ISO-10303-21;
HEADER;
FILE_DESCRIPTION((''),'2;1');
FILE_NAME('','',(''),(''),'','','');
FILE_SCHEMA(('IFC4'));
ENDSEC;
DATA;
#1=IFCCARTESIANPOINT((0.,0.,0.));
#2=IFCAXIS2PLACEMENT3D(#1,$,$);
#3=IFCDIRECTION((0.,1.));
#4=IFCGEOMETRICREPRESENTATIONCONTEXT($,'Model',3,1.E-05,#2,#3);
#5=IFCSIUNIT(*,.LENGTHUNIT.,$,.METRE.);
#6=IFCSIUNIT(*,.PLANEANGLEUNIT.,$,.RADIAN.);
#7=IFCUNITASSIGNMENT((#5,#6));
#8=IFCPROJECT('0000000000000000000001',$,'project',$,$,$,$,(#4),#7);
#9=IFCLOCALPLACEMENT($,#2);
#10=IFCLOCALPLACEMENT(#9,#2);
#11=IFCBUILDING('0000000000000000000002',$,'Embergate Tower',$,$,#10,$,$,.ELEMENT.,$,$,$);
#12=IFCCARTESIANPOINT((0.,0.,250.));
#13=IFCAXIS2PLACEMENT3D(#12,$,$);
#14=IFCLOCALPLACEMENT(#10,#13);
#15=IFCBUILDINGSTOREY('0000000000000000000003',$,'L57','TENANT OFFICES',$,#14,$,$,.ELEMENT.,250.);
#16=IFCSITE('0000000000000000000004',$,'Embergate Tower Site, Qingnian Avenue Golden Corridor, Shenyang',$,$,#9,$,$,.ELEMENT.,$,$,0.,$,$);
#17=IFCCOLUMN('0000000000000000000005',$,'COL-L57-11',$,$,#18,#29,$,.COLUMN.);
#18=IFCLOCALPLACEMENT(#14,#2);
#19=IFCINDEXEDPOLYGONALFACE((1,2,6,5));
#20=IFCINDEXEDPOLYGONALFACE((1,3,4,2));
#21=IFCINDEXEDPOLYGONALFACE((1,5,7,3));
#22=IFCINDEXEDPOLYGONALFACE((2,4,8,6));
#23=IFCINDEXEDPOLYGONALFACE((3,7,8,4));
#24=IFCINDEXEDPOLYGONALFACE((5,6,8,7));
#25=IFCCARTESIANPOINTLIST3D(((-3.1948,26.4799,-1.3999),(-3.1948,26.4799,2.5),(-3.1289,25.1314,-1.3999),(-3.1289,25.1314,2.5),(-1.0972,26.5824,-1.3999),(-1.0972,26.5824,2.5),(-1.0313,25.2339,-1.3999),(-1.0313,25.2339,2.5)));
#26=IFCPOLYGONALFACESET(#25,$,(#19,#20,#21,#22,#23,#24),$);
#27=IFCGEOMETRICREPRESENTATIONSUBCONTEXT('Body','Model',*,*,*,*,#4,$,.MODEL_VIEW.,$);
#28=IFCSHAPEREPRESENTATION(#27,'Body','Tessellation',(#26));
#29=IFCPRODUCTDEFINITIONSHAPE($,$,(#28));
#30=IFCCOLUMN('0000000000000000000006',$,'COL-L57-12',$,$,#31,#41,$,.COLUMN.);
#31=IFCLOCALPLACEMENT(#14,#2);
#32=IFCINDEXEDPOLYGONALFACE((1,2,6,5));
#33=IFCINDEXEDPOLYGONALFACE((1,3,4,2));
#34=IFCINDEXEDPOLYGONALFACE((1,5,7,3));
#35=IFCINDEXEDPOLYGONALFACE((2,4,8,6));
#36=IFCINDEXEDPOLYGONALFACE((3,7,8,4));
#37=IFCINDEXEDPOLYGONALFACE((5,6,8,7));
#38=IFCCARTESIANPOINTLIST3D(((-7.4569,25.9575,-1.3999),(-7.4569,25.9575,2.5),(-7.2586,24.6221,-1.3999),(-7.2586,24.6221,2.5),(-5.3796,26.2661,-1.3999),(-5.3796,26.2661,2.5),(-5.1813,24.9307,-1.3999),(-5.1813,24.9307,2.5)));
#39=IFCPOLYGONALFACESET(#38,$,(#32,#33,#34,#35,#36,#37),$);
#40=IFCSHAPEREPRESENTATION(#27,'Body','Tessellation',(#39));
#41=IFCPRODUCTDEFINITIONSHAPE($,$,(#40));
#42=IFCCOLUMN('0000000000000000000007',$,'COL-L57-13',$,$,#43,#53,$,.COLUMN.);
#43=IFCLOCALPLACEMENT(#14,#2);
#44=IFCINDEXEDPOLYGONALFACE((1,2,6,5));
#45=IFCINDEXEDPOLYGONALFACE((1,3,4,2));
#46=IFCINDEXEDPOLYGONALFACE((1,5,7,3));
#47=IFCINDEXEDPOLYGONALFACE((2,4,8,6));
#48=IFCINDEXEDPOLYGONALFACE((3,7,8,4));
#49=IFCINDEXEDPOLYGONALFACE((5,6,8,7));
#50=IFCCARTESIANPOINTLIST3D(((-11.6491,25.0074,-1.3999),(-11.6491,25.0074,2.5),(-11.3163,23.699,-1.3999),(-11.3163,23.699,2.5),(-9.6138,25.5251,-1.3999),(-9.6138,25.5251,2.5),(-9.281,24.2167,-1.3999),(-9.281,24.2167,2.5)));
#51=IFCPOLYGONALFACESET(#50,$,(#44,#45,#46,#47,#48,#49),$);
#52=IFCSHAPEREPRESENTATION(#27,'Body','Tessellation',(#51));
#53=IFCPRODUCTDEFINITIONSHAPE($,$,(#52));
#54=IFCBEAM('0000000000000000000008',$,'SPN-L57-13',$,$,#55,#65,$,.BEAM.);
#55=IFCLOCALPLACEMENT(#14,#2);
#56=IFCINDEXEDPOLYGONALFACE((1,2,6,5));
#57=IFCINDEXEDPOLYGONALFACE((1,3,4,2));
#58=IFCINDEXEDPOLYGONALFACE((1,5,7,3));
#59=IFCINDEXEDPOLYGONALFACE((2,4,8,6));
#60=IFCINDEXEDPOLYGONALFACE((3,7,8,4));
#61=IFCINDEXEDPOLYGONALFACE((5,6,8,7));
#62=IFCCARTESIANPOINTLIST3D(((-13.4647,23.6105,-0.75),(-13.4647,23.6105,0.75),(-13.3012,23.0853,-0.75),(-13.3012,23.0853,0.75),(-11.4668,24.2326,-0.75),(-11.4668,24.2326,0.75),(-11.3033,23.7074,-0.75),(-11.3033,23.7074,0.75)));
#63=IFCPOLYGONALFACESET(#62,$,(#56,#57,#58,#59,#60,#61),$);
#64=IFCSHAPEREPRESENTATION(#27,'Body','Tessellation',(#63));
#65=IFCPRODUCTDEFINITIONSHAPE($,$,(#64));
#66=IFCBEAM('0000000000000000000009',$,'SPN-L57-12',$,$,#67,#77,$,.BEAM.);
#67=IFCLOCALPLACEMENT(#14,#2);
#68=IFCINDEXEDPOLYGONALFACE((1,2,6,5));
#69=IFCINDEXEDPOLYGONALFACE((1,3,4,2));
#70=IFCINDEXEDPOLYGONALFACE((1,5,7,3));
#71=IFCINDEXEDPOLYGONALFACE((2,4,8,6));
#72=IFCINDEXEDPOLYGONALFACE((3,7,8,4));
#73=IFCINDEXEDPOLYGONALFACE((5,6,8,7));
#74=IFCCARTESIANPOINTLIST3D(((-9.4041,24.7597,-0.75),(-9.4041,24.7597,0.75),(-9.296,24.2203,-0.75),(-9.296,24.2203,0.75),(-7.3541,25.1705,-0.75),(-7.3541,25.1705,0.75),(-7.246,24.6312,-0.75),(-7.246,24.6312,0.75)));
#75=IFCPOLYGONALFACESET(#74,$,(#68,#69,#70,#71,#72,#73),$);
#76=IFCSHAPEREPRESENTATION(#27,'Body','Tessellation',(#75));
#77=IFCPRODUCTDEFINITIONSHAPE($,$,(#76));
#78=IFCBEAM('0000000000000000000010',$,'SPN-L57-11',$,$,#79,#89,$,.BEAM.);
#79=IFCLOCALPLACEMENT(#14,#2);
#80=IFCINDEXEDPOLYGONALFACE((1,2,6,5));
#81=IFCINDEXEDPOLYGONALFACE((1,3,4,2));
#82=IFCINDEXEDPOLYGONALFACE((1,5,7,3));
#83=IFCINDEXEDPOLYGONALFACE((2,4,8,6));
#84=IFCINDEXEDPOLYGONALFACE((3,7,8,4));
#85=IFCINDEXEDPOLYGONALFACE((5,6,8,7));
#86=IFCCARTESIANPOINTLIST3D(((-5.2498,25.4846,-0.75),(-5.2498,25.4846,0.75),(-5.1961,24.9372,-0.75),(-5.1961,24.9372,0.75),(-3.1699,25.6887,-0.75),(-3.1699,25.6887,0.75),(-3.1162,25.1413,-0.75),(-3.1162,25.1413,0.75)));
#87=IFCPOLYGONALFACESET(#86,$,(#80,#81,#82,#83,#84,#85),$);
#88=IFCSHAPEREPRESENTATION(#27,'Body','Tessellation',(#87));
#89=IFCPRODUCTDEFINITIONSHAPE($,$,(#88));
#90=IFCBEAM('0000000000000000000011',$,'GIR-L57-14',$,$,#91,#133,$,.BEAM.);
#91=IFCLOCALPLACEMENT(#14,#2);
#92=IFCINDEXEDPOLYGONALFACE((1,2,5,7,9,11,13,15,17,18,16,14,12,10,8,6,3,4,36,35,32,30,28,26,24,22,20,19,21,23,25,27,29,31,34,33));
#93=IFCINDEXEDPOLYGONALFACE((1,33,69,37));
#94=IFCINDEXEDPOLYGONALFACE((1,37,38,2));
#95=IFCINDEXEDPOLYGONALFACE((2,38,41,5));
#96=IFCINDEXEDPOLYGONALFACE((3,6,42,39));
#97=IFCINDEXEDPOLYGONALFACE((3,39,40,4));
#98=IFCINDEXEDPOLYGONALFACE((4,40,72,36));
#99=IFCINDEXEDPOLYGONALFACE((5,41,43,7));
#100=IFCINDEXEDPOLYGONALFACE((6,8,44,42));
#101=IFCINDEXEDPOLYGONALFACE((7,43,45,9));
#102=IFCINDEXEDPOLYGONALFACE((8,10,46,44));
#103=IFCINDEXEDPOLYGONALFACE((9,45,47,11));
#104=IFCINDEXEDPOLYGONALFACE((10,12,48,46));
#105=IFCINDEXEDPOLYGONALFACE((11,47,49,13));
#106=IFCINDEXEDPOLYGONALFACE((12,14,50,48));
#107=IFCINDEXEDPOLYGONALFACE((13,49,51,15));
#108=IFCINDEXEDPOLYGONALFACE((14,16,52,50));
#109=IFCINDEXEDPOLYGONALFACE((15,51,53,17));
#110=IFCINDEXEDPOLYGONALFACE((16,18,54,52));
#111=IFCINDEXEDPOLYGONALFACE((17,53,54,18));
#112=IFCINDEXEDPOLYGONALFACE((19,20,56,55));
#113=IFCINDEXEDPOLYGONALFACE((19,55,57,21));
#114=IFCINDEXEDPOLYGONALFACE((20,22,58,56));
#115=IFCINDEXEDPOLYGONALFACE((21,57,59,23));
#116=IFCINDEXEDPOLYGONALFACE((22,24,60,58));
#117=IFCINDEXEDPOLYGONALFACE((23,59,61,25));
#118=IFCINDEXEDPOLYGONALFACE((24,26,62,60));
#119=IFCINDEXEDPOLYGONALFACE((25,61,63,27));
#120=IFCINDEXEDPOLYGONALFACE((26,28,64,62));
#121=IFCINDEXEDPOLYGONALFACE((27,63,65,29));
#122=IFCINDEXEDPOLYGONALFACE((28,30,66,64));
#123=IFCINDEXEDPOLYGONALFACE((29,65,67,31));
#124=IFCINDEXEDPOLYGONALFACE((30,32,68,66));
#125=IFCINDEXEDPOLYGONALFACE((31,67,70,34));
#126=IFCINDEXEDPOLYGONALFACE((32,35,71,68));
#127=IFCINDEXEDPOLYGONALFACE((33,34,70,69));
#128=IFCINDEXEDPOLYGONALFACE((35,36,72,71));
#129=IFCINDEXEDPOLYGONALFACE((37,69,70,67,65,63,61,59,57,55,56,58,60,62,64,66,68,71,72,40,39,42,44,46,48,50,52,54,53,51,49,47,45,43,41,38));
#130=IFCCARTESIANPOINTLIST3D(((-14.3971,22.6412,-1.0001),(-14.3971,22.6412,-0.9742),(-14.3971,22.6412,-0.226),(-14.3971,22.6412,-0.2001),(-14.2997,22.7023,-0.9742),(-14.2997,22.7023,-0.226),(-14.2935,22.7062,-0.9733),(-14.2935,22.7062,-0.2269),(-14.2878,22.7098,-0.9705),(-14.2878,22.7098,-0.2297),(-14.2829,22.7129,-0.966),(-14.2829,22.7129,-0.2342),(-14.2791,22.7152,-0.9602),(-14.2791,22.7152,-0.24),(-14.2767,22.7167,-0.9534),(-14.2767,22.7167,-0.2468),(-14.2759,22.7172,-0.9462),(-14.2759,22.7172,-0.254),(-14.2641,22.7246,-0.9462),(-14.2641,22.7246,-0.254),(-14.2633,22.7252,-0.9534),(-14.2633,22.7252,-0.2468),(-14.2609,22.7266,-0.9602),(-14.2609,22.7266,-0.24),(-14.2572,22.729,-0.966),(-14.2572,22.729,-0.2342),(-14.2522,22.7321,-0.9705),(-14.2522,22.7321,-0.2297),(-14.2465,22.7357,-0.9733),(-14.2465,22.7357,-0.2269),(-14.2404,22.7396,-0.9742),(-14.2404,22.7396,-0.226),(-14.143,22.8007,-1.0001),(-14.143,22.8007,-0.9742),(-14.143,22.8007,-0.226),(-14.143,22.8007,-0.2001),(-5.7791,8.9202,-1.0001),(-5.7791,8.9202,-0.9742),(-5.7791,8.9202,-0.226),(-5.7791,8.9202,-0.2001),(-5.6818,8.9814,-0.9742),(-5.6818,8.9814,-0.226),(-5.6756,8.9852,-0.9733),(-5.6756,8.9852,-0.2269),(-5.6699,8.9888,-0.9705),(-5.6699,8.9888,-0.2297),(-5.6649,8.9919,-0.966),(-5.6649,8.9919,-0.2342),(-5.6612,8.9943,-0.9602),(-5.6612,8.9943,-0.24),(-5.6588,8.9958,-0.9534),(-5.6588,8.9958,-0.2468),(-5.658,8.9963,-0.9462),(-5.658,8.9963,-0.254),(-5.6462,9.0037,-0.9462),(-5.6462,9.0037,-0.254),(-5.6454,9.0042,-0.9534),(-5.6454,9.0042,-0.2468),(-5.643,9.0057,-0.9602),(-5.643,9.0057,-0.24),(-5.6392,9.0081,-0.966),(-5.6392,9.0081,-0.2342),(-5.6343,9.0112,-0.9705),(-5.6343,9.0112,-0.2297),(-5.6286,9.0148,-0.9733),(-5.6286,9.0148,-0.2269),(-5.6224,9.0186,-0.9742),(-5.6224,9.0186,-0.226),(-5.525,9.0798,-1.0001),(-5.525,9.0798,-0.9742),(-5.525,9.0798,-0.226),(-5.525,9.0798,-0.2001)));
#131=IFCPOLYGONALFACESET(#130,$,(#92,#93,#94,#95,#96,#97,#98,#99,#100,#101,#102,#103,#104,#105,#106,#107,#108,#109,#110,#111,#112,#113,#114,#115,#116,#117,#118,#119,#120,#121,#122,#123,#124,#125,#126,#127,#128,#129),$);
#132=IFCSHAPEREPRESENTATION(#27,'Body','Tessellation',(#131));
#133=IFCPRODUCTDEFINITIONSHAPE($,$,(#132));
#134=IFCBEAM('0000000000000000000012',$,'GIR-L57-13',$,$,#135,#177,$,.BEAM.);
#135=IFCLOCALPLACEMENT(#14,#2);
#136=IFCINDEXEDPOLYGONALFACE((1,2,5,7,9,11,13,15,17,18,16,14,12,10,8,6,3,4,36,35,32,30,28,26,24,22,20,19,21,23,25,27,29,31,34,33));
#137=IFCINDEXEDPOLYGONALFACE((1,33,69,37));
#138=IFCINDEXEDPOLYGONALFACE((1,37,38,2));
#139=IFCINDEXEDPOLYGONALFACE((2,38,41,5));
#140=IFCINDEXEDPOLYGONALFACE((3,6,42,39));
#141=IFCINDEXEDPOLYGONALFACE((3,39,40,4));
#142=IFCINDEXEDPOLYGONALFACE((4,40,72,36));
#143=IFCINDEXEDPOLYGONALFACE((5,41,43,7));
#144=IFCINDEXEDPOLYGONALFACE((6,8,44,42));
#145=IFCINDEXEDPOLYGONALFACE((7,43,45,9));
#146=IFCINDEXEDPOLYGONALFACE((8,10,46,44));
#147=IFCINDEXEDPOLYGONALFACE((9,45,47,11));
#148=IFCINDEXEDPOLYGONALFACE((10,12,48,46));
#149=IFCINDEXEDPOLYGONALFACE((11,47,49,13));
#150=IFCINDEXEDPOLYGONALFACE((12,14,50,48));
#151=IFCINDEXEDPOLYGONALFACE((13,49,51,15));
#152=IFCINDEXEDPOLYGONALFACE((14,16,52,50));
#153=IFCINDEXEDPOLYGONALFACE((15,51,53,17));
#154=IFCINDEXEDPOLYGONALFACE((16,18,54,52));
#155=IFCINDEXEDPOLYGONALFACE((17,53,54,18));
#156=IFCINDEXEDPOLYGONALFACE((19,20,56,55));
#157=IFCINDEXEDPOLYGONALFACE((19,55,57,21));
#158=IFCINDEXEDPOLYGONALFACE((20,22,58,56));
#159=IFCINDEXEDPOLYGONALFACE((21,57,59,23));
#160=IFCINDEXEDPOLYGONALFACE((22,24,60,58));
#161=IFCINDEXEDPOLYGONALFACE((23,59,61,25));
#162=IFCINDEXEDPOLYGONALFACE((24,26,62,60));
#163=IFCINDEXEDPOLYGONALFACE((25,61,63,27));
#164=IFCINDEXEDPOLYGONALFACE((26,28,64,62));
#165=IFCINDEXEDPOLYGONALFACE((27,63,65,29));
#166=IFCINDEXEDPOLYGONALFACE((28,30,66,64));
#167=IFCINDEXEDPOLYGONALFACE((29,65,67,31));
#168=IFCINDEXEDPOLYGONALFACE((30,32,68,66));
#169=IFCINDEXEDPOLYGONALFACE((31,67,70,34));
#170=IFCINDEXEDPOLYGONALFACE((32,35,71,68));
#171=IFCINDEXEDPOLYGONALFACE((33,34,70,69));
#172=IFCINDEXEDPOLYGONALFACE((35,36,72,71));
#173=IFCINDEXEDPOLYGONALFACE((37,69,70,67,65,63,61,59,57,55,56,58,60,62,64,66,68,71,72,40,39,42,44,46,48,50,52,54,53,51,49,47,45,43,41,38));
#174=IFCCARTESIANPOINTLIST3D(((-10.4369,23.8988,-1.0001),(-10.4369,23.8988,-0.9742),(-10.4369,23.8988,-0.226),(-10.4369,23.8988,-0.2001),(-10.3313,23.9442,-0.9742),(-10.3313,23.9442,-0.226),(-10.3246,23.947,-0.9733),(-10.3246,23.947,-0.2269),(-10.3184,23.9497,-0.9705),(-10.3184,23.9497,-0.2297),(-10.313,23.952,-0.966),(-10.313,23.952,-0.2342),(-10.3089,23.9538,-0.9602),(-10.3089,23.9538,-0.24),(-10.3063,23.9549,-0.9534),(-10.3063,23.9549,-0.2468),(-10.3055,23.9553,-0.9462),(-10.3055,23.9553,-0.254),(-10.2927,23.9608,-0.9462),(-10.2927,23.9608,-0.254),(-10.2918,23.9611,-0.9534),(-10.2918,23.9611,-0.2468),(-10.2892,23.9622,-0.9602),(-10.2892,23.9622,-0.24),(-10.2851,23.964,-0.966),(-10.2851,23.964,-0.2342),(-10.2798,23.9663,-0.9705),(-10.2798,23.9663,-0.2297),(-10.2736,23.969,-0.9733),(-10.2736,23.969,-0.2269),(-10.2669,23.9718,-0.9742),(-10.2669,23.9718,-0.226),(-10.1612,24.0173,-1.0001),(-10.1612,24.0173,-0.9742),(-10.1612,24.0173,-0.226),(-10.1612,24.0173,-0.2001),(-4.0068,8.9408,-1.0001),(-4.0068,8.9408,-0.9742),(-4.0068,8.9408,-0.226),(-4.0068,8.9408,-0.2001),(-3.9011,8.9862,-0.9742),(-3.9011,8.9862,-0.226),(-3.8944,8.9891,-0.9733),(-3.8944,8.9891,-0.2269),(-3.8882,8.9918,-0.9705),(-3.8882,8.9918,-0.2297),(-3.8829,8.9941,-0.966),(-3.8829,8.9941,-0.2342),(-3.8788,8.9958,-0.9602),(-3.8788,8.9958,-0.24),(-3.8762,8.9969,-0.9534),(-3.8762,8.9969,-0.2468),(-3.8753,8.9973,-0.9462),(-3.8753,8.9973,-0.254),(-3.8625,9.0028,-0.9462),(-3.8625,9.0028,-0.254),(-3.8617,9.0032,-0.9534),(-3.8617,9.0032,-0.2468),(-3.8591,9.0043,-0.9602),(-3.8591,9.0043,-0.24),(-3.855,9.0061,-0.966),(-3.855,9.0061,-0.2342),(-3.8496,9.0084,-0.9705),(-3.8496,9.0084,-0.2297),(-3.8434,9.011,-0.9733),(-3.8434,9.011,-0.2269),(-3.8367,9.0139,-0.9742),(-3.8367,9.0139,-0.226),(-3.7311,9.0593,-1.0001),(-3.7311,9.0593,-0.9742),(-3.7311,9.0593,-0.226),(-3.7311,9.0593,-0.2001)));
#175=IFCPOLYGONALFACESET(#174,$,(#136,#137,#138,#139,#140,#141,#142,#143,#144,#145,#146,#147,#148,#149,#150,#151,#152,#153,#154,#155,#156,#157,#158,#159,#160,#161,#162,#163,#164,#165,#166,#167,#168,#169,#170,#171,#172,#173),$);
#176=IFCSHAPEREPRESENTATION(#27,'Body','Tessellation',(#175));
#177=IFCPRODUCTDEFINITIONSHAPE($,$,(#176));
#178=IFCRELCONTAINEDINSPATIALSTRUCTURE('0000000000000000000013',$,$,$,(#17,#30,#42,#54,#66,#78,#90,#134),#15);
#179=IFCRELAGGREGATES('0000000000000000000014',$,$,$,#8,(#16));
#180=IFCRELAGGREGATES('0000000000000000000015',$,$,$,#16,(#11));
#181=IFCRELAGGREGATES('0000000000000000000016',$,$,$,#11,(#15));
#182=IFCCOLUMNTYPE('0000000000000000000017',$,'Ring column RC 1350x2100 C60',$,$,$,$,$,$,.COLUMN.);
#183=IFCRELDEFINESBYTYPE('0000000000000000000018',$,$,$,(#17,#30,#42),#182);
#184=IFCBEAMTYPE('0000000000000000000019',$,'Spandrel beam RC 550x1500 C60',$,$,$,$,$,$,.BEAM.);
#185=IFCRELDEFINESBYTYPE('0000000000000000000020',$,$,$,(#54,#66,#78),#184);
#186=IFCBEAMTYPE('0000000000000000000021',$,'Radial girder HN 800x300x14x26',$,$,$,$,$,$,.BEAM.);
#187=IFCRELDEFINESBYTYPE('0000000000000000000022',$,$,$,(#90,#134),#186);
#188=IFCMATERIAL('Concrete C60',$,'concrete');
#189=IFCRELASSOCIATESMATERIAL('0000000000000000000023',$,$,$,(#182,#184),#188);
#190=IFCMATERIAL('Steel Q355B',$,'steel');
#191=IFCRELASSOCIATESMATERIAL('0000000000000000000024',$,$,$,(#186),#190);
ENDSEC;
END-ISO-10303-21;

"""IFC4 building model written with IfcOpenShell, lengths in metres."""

from ifc_helpers import new_model, si_unit, direction, frame, origin, origin_2d, place, context, subcontext, project, spatial, rectangle, i_section, extrude, source, transform, mapped, material, material_profile, profile_set, type_object, element, save


model = new_model("IFC4")

# Units and contexts
model_context = context("Model", 3, precision=1e-05, world=origin(), true_north=direction((0.0, 1.0)))
body_context = subcontext(model_context, "Body", "Model", "MODEL_VIEW")
ifc_project = project(units=[si_unit("LENGTHUNIT", "METRE"), si_unit("PLANEANGLEUNIT", "RADIAN")], contexts=[model_context])

# Site, building, storey
site_placement = place(None, origin())
site = spatial("IfcSite", under=ifc_project, at=site_placement, Name="Embergate Tower Site, Qingnian Avenue Golden Corridor, Shenyang", CompositionType="ELEMENT", RefElevation=0.0)
building_placement = place(site_placement, origin())
building = spatial("IfcBuilding", under=site, at=building_placement, Name="Embergate Tower", CompositionType="ELEMENT")
storey_placement = place(building_placement, frame((0.0, 0.0, 250.0)))
storey = spatial("IfcBuildingStorey", under=building, at=storey_placement, Name="L57", Description="TENANT OFFICES", CompositionType="ELEMENT", Elevation=250.0)

# Columns
ifc_material_1 = material(Name="Concrete C60", Category="concrete")
ifc_material_profile_1 = material_profile(ifc_material_1, rectangle(XDim=1.3501, YDim=2.1001, at=origin_2d()), Name="RC 1350x2100")
ifc_profile_set_1 = profile_set([ifc_material_profile_1], Name="Concrete C60")
column_type = type_object("IfcColumnType", Name="Ring column RC 1350x2100 C60", PredefinedType="COLUMN", material=ifc_profile_set_1)
shared_shape_1 = source(origin(), body_context, "Body", "SweptSolid", [
    extrude(rectangle(XDim=1.3501, YDim=2.1001, at=origin_2d()), origin(), (0.0, 0.0, 1.0), 3.8999),
])
for number, where, z_axis, x_axis, name in (
    (1, (-2.113, 25.8569, -1.3999), (0.0, 0.0, 1.0), (-0.048815, 0.998808, 0.0), "COL-L57-11"),
    (2, (-6.3191, 25.4441, -1.3999), (0.0, 0.0, 1.0), (-0.146929, 0.989147, 0.0), "COL-L57-12"),
    (3, (-10.4651, 24.6121, -1.3999), (0.0, 0.0, 1.0), (-0.246509, 0.969141, 0.0), "COL-L57-13"),
):
    element("IfcColumn", number, at=place(storey_placement, frame(where, z_axis=z_axis, x_axis=x_axis)), inside=storey, type_object=column_type, Name=name, PredefinedType="COLUMN", context=body_context, shape_type="MappedRepresentation", body=[
        mapped(shared_shape_1, transform((0.0, 0.0, 0.0))),
    ])

# Beams
ifc_material_profile_2 = material_profile(ifc_material_1, rectangle(XDim=0.55, YDim=1.5, at=origin_2d()), Name="RC 550x1500")
ifc_profile_set_2 = profile_set([ifc_material_profile_2], Name="Concrete C60")
beam_type_1 = type_object("IfcBeamType", Name="Spandrel beam RC 550x1500 C60", PredefinedType="BEAM", material=ifc_profile_set_2)
shared_shape_2 = source(origin(), body_context, "Body", "SweptSolid", [
    extrude(rectangle(XDim=0.55, YDim=1.5, at=origin_2d()), origin(), (0.0, 0.0, 1.0), 2.0925),
])
beam_1_placement = place(storey_placement, frame((-11.385, 23.97, 0.0), z_axis=(-0.954795, -0.297265, 0.0), x_axis=(0.297265, -0.954795, 0.0)))
element("IfcBeam", 4, at=beam_1_placement, inside=storey, type_object=beam_type_1, Name="SPN-L57-13", PredefinedType="BEAM", context=body_context, shape_type="MappedRepresentation", body=[
    mapped(shared_shape_2, transform((0.0, 0.0, 0.0))),
])
shared_shape_3 = source(origin(), body_context, "Body", "SweptSolid", [
    extrude(rectangle(XDim=0.55, YDim=1.5, at=origin_2d()), origin(), (0.0, 0.0, 1.0), 2.0908),
])
beam_2_placement = place(storey_placement, frame((-7.3, 24.9009, 0.0), z_axis=(-0.9805, -0.19652, 0.0), x_axis=(0.19652, -0.9805, 0.0)))
element("IfcBeam", 5, at=beam_2_placement, inside=storey, type_object=beam_type_1, Name="SPN-L57-12", PredefinedType="BEAM", context=body_context, shape_type="MappedRepresentation", body=[
    mapped(shared_shape_3, transform((0.0, 0.0, 0.0))),
])
shared_shape_4 = source(origin(), body_context, "Body", "SweptSolid", [
    extrude(rectangle(XDim=0.55, YDim=1.5, at=origin_2d()), origin(), (0.0, 0.0, 1.0), 2.0898),
])
beam_3_placement = place(storey_placement, frame((-3.1431, 25.415, 0.0), z_axis=(-0.995219, -0.097664, 0.0), x_axis=(0.097664, -0.995219, 0.0)))
element("IfcBeam", 6, at=beam_3_placement, inside=storey, type_object=beam_type_1, Name="SPN-L57-11", PredefinedType="BEAM", context=body_context, shape_type="MappedRepresentation", body=[
    mapped(shared_shape_4, transform((0.0, 0.0, 0.0))),
])
ifc_material_2 = material(Name="Steel Q355B", Category="steel")
ifc_material_profile_3 = material_profile(ifc_material_2, i_section(OverallWidth=0.3, OverallDepth=0.8, WebThickness=0.0139, FlangeThickness=0.0259, FilletRadius=0.0281, at=origin_2d()), Name="HN 800x300x14x26")
ifc_profile_set_3 = profile_set([ifc_material_profile_3], Name="Steel Q355 grade B")
beam_type_2 = type_object("IfcBeamType", Name="Radial girder HN 800x300x14x26", PredefinedType="BEAM", material=ifc_profile_set_3)
shared_shape_5 = source(origin(), body_context, "Body", "SweptSolid", [
    extrude(i_section(OverallWidth=0.3, OverallDepth=0.8, WebThickness=0.0139, FlangeThickness=0.0259, FilletRadius=0.0281, at=origin_2d()), origin(), (0.0, 0.0, 1.0), 16.2029),
])
beam_4_placement = place(storey_placement, frame((-14.27, 22.7209, -0.6001), z_axis=(0.531876, -0.846822, 0.0), x_axis=(0.846822, 0.531876, 0.0)))
element("IfcBeam", 7, at=beam_4_placement, inside=storey, type_object=beam_type_2, Name="GIR-L57-14", PredefinedType="BEAM", context=body_context, shape_type="MappedRepresentation", body=[
    mapped(shared_shape_5, transform((0.0, 0.0, 0.0))),
])
shared_shape_6 = source(origin(), body_context, "Body", "SweptSolid", [
    extrude(i_section(OverallWidth=0.3, OverallDepth=0.8, WebThickness=0.0139, FlangeThickness=0.0259, FilletRadius=0.0281, at=origin_2d()), origin(), (0.0, 0.0, 1.0), 16.2815),
])
beam_5_placement = place(storey_placement, frame((-10.2991, 23.958, -0.6001), z_axis=(0.394936, -0.918709, 0.0), x_axis=(0.918709, 0.394936, 0.0)))
element("IfcBeam", 8, at=beam_5_placement, inside=storey, type_object=beam_type_2, Name="GIR-L57-13", PredefinedType="BEAM", context=body_context, shape_type="MappedRepresentation", body=[
    mapped(shared_shape_6, transform((0.0, 0.0, 0.0))),
])

save(model, "model.ifc")
